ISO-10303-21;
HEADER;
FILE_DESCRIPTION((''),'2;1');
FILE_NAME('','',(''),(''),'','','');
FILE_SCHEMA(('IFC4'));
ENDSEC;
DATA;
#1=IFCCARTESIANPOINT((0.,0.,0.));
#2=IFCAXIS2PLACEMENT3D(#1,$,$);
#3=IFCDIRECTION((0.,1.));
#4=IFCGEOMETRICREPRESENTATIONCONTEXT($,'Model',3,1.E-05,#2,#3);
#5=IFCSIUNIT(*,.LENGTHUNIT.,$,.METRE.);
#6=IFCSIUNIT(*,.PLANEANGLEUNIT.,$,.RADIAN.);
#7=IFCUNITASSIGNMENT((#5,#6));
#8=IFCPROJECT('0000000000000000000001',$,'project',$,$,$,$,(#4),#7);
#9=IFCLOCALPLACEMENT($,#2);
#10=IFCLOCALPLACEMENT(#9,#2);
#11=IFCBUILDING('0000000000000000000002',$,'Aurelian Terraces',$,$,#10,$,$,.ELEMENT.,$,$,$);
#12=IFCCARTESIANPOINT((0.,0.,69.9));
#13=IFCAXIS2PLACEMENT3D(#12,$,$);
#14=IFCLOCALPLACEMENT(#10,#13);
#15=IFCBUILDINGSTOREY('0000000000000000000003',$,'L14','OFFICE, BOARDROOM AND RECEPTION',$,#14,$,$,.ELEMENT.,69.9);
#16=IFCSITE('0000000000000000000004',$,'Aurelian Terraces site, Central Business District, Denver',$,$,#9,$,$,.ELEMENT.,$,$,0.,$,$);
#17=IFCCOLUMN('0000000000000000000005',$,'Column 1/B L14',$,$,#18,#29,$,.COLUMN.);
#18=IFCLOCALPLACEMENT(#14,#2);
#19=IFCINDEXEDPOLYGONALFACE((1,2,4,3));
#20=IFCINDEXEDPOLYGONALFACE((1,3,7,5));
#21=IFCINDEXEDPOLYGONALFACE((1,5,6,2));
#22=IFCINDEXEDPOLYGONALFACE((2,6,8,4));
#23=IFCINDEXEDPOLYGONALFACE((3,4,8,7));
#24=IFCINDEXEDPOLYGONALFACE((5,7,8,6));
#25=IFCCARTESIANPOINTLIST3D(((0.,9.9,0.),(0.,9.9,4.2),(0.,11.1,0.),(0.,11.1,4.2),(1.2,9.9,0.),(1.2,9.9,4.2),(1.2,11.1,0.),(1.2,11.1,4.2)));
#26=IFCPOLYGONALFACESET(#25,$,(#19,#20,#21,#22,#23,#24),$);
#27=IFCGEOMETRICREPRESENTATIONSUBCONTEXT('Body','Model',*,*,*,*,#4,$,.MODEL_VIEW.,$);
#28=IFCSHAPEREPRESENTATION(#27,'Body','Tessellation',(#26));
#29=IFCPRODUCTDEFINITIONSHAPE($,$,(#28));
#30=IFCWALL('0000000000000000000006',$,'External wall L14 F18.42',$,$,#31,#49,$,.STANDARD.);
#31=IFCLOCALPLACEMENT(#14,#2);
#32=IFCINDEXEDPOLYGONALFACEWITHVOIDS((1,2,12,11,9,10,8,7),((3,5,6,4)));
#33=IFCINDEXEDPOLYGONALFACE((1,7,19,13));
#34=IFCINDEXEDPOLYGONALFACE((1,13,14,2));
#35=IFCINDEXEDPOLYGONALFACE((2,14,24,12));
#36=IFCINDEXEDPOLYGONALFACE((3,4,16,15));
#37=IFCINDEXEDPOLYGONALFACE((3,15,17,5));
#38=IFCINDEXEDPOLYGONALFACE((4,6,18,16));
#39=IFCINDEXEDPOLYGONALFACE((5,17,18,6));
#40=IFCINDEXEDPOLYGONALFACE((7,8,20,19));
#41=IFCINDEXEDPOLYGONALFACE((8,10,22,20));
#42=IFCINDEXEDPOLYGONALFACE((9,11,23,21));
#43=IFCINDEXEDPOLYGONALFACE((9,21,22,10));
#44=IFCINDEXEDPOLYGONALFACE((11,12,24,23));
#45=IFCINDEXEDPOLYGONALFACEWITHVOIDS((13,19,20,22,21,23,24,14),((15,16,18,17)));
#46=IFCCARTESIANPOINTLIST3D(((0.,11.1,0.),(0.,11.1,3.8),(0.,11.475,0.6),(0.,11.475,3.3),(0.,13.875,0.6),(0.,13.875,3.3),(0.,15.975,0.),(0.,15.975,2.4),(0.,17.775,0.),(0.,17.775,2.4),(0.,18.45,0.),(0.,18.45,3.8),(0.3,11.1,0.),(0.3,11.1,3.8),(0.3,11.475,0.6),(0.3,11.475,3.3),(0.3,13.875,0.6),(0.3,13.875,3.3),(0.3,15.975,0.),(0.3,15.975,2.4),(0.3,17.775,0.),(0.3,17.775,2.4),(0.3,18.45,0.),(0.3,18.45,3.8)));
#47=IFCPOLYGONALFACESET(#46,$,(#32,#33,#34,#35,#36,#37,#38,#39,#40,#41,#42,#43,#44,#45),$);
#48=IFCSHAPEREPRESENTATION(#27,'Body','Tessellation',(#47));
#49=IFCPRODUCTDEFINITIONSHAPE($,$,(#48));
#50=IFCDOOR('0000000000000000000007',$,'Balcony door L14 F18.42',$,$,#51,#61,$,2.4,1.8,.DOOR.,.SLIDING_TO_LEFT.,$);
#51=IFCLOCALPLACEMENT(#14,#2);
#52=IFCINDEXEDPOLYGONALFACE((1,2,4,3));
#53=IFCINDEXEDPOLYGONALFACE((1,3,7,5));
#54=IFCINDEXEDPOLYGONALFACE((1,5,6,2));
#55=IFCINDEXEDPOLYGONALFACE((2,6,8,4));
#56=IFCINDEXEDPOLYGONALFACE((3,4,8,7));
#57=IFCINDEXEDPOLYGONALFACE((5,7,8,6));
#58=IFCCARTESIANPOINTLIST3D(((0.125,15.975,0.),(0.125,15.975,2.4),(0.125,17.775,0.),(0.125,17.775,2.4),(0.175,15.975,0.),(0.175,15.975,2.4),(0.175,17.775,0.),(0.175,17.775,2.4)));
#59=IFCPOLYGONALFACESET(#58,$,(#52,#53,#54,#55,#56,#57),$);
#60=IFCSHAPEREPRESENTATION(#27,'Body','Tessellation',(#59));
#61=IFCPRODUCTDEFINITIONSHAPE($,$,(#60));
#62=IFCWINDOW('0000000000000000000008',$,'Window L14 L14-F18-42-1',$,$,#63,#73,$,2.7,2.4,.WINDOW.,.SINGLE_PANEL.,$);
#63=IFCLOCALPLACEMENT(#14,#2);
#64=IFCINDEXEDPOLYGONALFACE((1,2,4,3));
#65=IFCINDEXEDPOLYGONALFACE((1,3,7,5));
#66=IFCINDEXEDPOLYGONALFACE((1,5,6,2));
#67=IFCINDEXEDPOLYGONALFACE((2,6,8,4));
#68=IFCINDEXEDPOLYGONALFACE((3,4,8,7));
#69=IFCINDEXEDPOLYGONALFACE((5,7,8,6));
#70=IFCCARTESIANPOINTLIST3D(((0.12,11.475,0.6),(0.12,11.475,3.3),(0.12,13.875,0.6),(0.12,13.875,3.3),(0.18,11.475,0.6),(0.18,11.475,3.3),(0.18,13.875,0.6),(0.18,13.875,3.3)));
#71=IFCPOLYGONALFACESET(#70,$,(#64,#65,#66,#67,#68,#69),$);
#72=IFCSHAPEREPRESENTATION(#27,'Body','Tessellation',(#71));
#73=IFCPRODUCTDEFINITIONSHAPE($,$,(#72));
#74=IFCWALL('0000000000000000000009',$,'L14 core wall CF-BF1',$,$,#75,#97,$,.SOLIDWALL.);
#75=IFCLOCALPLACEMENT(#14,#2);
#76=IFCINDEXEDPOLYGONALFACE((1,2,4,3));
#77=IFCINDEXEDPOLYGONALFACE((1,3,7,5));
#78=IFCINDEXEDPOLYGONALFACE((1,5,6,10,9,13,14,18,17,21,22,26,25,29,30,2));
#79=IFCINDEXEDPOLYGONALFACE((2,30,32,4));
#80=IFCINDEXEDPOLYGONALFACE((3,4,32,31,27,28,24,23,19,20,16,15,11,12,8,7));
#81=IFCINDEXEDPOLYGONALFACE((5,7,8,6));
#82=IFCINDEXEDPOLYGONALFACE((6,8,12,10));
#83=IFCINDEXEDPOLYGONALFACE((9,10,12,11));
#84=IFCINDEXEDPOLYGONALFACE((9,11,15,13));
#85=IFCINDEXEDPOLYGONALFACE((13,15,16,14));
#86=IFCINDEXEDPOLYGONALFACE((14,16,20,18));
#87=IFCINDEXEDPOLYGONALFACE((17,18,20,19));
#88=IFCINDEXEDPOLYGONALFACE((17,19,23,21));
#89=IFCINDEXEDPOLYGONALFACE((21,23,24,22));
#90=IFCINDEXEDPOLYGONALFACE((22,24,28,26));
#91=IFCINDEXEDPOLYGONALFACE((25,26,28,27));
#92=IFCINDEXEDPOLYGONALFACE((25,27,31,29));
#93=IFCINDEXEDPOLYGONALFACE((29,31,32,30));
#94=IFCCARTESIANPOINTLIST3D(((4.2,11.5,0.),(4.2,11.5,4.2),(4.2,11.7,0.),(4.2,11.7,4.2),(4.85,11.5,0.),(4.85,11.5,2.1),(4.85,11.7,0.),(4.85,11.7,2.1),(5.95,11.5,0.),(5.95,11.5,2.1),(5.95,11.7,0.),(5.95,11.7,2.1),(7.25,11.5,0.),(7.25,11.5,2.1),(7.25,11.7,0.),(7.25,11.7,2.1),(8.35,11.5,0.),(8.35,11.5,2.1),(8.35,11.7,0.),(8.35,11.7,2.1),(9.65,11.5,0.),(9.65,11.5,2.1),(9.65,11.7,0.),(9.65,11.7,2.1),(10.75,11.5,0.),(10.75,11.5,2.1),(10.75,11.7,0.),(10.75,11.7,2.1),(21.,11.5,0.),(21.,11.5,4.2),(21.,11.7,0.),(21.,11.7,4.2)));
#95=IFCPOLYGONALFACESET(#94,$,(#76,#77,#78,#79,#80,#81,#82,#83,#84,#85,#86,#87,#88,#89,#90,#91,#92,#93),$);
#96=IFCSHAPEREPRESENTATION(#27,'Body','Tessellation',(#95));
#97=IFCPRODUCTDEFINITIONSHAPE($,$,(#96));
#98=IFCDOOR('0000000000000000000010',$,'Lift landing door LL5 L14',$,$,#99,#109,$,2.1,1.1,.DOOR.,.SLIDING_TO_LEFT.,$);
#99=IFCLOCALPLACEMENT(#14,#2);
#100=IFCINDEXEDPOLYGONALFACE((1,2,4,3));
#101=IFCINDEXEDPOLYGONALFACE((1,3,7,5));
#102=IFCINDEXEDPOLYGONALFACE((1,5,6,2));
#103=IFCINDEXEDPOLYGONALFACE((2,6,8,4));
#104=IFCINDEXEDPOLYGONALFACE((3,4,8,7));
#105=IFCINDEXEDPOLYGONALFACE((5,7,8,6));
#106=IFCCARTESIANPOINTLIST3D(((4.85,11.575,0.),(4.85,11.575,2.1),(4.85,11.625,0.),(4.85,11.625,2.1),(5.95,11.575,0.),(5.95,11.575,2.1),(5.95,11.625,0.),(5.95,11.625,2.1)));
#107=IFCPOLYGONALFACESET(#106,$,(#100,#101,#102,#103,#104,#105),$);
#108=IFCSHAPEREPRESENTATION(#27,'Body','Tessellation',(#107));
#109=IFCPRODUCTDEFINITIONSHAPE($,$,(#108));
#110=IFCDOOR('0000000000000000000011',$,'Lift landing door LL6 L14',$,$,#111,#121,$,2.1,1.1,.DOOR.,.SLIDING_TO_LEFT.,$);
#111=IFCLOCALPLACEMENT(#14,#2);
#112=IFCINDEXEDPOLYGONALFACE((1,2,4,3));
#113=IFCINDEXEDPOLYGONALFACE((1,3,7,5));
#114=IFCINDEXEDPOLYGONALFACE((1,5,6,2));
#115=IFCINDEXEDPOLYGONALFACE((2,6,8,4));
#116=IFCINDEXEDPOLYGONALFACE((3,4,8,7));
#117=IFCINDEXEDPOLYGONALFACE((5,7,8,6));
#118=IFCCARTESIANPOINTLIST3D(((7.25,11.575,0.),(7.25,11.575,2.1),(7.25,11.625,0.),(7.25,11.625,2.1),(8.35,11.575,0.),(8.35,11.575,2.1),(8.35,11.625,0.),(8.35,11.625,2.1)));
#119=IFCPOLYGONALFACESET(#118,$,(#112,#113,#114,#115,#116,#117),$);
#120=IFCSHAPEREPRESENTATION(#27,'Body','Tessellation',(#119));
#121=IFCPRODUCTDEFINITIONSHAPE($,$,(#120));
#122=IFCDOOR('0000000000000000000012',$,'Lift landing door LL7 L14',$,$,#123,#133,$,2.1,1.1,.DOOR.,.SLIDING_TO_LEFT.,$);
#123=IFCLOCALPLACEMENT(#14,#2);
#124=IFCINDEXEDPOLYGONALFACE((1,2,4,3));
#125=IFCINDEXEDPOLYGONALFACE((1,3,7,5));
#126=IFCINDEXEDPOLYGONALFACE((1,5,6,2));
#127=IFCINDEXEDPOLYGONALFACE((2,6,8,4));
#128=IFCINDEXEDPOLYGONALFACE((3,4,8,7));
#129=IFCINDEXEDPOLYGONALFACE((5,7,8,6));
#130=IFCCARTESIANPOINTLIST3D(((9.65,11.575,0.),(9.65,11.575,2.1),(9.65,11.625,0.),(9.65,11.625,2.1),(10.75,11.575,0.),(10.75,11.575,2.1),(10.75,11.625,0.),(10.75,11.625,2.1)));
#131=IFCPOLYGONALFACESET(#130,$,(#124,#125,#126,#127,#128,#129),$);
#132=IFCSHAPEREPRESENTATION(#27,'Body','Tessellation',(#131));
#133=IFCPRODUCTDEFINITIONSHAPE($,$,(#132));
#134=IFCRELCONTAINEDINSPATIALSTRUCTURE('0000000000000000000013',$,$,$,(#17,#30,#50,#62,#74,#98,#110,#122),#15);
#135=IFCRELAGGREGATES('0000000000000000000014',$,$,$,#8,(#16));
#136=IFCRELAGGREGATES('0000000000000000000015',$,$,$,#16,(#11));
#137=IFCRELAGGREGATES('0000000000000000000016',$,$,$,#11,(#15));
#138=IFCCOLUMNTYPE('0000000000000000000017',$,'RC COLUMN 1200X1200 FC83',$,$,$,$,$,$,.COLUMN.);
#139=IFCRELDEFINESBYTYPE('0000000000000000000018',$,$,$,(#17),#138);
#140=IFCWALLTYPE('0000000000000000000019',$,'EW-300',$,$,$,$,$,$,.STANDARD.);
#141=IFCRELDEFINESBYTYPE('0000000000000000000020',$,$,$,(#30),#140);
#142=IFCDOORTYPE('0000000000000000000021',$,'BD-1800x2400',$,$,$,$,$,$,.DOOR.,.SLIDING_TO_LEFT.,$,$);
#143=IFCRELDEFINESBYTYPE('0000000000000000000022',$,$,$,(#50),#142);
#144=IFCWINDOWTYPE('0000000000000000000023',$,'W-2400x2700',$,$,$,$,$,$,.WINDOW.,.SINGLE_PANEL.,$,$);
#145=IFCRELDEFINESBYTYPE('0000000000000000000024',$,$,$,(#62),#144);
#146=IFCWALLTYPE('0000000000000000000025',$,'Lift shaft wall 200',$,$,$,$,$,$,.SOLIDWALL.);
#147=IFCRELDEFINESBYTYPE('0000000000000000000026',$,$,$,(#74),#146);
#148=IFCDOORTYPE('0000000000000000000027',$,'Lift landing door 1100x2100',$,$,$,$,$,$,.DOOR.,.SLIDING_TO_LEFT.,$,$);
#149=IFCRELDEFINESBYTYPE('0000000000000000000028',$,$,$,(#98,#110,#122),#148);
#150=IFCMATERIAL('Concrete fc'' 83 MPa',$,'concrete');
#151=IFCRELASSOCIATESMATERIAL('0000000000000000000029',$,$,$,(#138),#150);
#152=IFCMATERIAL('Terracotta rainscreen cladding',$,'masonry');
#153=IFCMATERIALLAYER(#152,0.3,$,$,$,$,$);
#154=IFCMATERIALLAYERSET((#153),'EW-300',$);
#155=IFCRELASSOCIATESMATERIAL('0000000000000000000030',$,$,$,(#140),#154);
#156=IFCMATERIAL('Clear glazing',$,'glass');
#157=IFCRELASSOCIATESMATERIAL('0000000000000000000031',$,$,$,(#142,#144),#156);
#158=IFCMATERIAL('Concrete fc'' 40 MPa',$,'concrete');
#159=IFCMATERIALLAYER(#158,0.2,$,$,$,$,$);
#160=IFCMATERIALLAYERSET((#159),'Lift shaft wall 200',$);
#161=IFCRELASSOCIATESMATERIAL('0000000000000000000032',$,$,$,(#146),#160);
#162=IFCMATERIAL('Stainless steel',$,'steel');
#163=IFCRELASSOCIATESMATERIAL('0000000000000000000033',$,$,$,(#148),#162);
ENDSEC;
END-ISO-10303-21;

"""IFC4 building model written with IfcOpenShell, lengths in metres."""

from ifc_helpers import new_model, si_unit, direction, frame, frame_2d, origin, origin_2d, place, context, subcontext, project, spatial, rectangle, extrude, source, transform, mapped, material, layer, layer_set, material_profile, profile_set, type_object, element, fill, save


model = new_model("IFC4")

# Units and contexts
model_context = context("Model", 3, precision=1e-05, world=origin(), true_north=direction((0.0, 1.0)))
body_context = subcontext(model_context, "Body", "Model", "MODEL_VIEW")
ifc_project = project(units=[si_unit("LENGTHUNIT", "METRE"), si_unit("PLANEANGLEUNIT", "RADIAN")], contexts=[model_context])

# Site, building, storey
site_placement = place(None, origin())
site = spatial("IfcSite", under=ifc_project, at=site_placement, Name="Aurelian Terraces site, Central Business District, Denver", CompositionType="ELEMENT", RefElevation=0.0)
building_placement = place(site_placement, origin())
building = spatial("IfcBuilding", under=site, at=building_placement, Name="Aurelian Terraces", CompositionType="ELEMENT")
storey_placement = place(building_placement, frame((0.0, 0.0, 69.9)))
storey = spatial("IfcBuildingStorey", under=building, at=storey_placement, Name="L14", Description="OFFICE, BOARDROOM AND RECEPTION", CompositionType="ELEMENT", Elevation=69.9)

# Column
ifc_material_1 = material(Name="Concrete fc' 83 MPa", Category="concrete")
ifc_material_profile = material_profile(ifc_material_1, rectangle(XDim=1.2, YDim=1.2, at=origin_2d()))
ifc_profile_set = profile_set([ifc_material_profile], Name="Concrete fc' 83 MPa")
column_type = type_object("IfcColumnType", Name="RC COLUMN 1200X1200 FC83", PredefinedType="COLUMN", material=ifc_profile_set)
shared_shape_1 = source(origin(), body_context, "Body", "SweptSolid", [
    extrude(rectangle(XDim=1.2, YDim=1.2, at=origin_2d()), origin(), (0.0, 0.0, 1.0), 4.2),
])
column_placement = place(storey_placement, frame((0.6, 10.5, 0.0), z_axis=(0.0, 0.0, 1.0), x_axis=(1.0, 0.0, 0.0)))
element("IfcColumn", 1, at=column_placement, inside=storey, type_object=column_type, Name="Column 1/B L14", PredefinedType="COLUMN", context=body_context, shape_type="MappedRepresentation", body=[
    mapped(shared_shape_1, transform((0.0, 0.0, 0.0), scale=1.0)),
])

# Wall, openings, door, window
ifc_material_2 = material(Name="Terracotta rainscreen cladding", Category="masonry")
ifc_layer_1 = layer(ifc_material_2, 0.3)
ifc_layer_set_1 = layer_set([ifc_layer_1], Name="EW-300")
wall_type_1 = type_object("IfcWallType", Name="EW-300", PredefinedType="STANDARD", material=ifc_layer_set_1)
wall_1_placement = place(storey_placement, frame((0.15, 18.45, 0.0), z_axis=(0.0, 0.0, 1.0), x_axis=(0.0, -1.0, 0.0)))
wall_1 = element("IfcWall", 2, at=wall_1_placement, inside=storey, type_object=wall_type_1, Name="External wall L14 F18.42", PredefinedType="STANDARD", context=body_context, shape_type="SweptSolid", body=[
    extrude(rectangle(XDim=7.35, YDim=0.3, at=frame_2d((3.675, 0.0))), origin(), (0.0, 0.0, 1.0), 3.8),
])
shared_shape_2 = source(origin(), body_context, "Body", "SweptSolid", [
    extrude(rectangle(XDim=1.8, YDim=2.4, at=frame_2d((0.9, 1.2))), frame((0.0, 0.16, 0.0), z_axis=(0.0, -1.0, 0.0), x_axis=(1.0, 0.0, 0.0)), (0.0, 0.0, 1.0), 0.32),
])
opening_1_placement = place(wall_1_placement, frame((0.675, 0.0, 0.0)))
opening_1 = element("IfcOpeningElement", 3, at=opening_1_placement, cuts=wall_1, PredefinedType="OPENING", context=body_context, shape_type="MappedRepresentation", body=[
    mapped(shared_shape_2, transform((0.0, 0.0, 0.0), scale=1.0)),
])
shared_shape_3 = source(origin(), body_context, "Body", "SweptSolid", [
    extrude(rectangle(XDim=2.4, YDim=2.7, at=frame_2d((1.2, 1.35))), frame((0.0, 0.16, 0.0), z_axis=(0.0, -1.0, 0.0), x_axis=(1.0, 0.0, 0.0)), (0.0, 0.0, 1.0), 0.32),
])
opening_2_placement = place(wall_1_placement, frame((4.575, 0.0, 0.6)))
opening_2 = element("IfcOpeningElement", 4, at=opening_2_placement, cuts=wall_1, PredefinedType="OPENING", context=body_context, shape_type="MappedRepresentation", body=[
    mapped(shared_shape_3, transform((0.0, 0.0, 0.0), scale=1.0)),
])
ifc_material_3 = material(Name="Clear glazing", Category="glass")
door_type_1 = type_object("IfcDoorType", Name="BD-1800x2400", OperationType="SLIDING_TO_LEFT", PredefinedType="DOOR", material=ifc_material_3)
shared_shape_4 = source(origin(), body_context, "Body", "SweptSolid", [
    extrude(rectangle(XDim=1.8, YDim=2.4, at=frame_2d((0.9, 1.2))), frame((0.0, 0.025, 0.0), z_axis=(0.0, -1.0, 0.0), x_axis=(1.0, 0.0, 0.0)), (0.0, 0.0, 1.0), 0.05),
])
door_1_placement = place(opening_1_placement, origin())
door_1 = element("IfcDoor", 5, at=door_1_placement, inside=storey, type_object=door_type_1, Name="Balcony door L14 F18.42", OperationType="SLIDING_TO_LEFT", OverallHeight=2.4, OverallWidth=1.8, PredefinedType="DOOR", context=body_context, shape_type="MappedRepresentation", body=[
    mapped(shared_shape_4, transform((0.0, 0.0, 0.0), scale=1.0)),
])
fill(opening_1, door_1)
window_type = type_object("IfcWindowType", Name="W-2400x2700", PartitioningType="SINGLE_PANEL", PredefinedType="WINDOW", material=ifc_material_3)
shared_shape_5 = source(origin(), body_context, "Body", "SweptSolid", [
    extrude(rectangle(XDim=2.4, YDim=2.7, at=frame_2d((1.2, 1.35))), frame((0.0, 0.03, 0.0), z_axis=(0.0, -1.0, 0.0), x_axis=(1.0, 0.0, 0.0)), (0.0, 0.0, 1.0), 0.06),
])
window_placement = place(opening_2_placement, origin())
window = element("IfcWindow", 6, at=window_placement, inside=storey, type_object=window_type, Name="Window L14 L14-F18-42-1", OverallHeight=2.7, OverallWidth=2.4, PartitioningType="SINGLE_PANEL", PredefinedType="WINDOW", context=body_context, shape_type="MappedRepresentation", body=[
    mapped(shared_shape_5, transform((0.0, 0.0, 0.0), scale=1.0)),
])
fill(opening_2, window)

# Wall, openings, doors
ifc_material_4 = material(Name="Concrete fc' 40 MPa", Category="concrete")
ifc_layer_2 = layer(ifc_material_4, 0.2)
ifc_layer_set_2 = layer_set([ifc_layer_2], Name="Lift shaft wall 200")
wall_type_2 = type_object("IfcWallType", Name="Lift shaft wall 200", PredefinedType="SOLIDWALL", material=ifc_layer_set_2)
shared_shape_6 = source(origin(), body_context, "Body", "SweptSolid", [
    extrude(rectangle(XDim=16.8, YDim=0.2, at=frame_2d((8.4, 0.0))), origin(), (0.0, 0.0, 1.0), 4.2),
])
wall_2_placement = place(storey_placement, frame((4.2, 11.6, 0.0), z_axis=(0.0, 0.0, 1.0), x_axis=(1.0, 0.0, 0.0)))
wall_2 = element("IfcWall", 7, at=wall_2_placement, inside=storey, type_object=wall_type_2, Name="L14 core wall CF-BF1", PredefinedType="SOLIDWALL", context=body_context, shape_type="MappedRepresentation", body=[
    mapped(shared_shape_6, transform((0.0, 0.0, 0.0), scale=1.0)),
])
shared_shape_7 = source(origin(), body_context, "Body", "SweptSolid", [
    extrude(rectangle(XDim=1.1, YDim=2.1, at=frame_2d((0.55, 1.05))), frame((0.0, 0.11, 0.0), z_axis=(0.0, -1.0, 0.0), x_axis=(1.0, 0.0, 0.0)), (0.0, 0.0, 1.0), 0.22),
])
opening_3_placement = place(wall_2_placement, frame((0.65, 0.0, 0.0)))
opening_3 = element("IfcOpeningElement", 8, at=opening_3_placement, cuts=wall_2, PredefinedType="OPENING", context=body_context, shape_type="MappedRepresentation", body=[
    mapped(shared_shape_7, transform((0.0, 0.0, 0.0), scale=1.0)),
])
opening_4_placement = place(wall_2_placement, frame((3.05, 0.0, 0.0)))
opening_4 = element("IfcOpeningElement", 9, at=opening_4_placement, cuts=wall_2, PredefinedType="OPENING", context=body_context, shape_type="MappedRepresentation", body=[
    mapped(shared_shape_7, transform((0.0, 0.0, 0.0), scale=1.0)),
])
opening_5_placement = place(wall_2_placement, frame((5.45, 0.0, 0.0)))
opening_5 = element("IfcOpeningElement", 10, at=opening_5_placement, cuts=wall_2, PredefinedType="OPENING", context=body_context, shape_type="MappedRepresentation", body=[
    mapped(shared_shape_7, transform((0.0, 0.0, 0.0), scale=1.0)),
])
ifc_material_5 = material(Name="Stainless steel", Category="steel")
door_type_2 = type_object("IfcDoorType", Name="Lift landing door 1100x2100", OperationType="SLIDING_TO_LEFT", PredefinedType="DOOR", material=ifc_material_5)
shared_shape_8 = source(origin(), body_context, "Body", "SweptSolid", [
    extrude(rectangle(XDim=1.1, YDim=2.1, at=frame_2d((0.55, 1.05))), frame((0.0, 0.025, 0.0), z_axis=(0.0, -1.0, 0.0), x_axis=(1.0, 0.0, 0.0)), (0.0, 0.0, 1.0), 0.05),
])
door_2_placement = place(opening_3_placement, origin())
door_2 = element("IfcDoor", 11, at=door_2_placement, inside=storey, type_object=door_type_2, Name="Lift landing door LL5 L14", OperationType="SLIDING_TO_LEFT", OverallHeight=2.1, OverallWidth=1.1, PredefinedType="DOOR", context=body_context, shape_type="MappedRepresentation", body=[
    mapped(shared_shape_8, transform((0.0, 0.0, 0.0), scale=1.0)),
])
fill(opening_3, door_2)
door_3_placement = place(opening_4_placement, origin())
door_3 = element("IfcDoor", 12, at=door_3_placement, inside=storey, type_object=door_type_2, Name="Lift landing door LL6 L14", OperationType="SLIDING_TO_LEFT", OverallHeight=2.1, OverallWidth=1.1, PredefinedType="DOOR", context=body_context, shape_type="MappedRepresentation", body=[
    mapped(shared_shape_8, transform((0.0, 0.0, 0.0), scale=1.0)),
])
fill(opening_4, door_3)
door_4_placement = place(opening_5_placement, origin())
door_4 = element("IfcDoor", 13, at=door_4_placement, inside=storey, type_object=door_type_2, Name="Lift landing door LL7 L14", OperationType="SLIDING_TO_LEFT", OverallHeight=2.1, OverallWidth=1.1, PredefinedType="DOOR", context=body_context, shape_type="MappedRepresentation", body=[
    mapped(shared_shape_8, transform((0.0, 0.0, 0.0), scale=1.0)),
])
fill(opening_5, door_4)

save(model, "model.ifc")
